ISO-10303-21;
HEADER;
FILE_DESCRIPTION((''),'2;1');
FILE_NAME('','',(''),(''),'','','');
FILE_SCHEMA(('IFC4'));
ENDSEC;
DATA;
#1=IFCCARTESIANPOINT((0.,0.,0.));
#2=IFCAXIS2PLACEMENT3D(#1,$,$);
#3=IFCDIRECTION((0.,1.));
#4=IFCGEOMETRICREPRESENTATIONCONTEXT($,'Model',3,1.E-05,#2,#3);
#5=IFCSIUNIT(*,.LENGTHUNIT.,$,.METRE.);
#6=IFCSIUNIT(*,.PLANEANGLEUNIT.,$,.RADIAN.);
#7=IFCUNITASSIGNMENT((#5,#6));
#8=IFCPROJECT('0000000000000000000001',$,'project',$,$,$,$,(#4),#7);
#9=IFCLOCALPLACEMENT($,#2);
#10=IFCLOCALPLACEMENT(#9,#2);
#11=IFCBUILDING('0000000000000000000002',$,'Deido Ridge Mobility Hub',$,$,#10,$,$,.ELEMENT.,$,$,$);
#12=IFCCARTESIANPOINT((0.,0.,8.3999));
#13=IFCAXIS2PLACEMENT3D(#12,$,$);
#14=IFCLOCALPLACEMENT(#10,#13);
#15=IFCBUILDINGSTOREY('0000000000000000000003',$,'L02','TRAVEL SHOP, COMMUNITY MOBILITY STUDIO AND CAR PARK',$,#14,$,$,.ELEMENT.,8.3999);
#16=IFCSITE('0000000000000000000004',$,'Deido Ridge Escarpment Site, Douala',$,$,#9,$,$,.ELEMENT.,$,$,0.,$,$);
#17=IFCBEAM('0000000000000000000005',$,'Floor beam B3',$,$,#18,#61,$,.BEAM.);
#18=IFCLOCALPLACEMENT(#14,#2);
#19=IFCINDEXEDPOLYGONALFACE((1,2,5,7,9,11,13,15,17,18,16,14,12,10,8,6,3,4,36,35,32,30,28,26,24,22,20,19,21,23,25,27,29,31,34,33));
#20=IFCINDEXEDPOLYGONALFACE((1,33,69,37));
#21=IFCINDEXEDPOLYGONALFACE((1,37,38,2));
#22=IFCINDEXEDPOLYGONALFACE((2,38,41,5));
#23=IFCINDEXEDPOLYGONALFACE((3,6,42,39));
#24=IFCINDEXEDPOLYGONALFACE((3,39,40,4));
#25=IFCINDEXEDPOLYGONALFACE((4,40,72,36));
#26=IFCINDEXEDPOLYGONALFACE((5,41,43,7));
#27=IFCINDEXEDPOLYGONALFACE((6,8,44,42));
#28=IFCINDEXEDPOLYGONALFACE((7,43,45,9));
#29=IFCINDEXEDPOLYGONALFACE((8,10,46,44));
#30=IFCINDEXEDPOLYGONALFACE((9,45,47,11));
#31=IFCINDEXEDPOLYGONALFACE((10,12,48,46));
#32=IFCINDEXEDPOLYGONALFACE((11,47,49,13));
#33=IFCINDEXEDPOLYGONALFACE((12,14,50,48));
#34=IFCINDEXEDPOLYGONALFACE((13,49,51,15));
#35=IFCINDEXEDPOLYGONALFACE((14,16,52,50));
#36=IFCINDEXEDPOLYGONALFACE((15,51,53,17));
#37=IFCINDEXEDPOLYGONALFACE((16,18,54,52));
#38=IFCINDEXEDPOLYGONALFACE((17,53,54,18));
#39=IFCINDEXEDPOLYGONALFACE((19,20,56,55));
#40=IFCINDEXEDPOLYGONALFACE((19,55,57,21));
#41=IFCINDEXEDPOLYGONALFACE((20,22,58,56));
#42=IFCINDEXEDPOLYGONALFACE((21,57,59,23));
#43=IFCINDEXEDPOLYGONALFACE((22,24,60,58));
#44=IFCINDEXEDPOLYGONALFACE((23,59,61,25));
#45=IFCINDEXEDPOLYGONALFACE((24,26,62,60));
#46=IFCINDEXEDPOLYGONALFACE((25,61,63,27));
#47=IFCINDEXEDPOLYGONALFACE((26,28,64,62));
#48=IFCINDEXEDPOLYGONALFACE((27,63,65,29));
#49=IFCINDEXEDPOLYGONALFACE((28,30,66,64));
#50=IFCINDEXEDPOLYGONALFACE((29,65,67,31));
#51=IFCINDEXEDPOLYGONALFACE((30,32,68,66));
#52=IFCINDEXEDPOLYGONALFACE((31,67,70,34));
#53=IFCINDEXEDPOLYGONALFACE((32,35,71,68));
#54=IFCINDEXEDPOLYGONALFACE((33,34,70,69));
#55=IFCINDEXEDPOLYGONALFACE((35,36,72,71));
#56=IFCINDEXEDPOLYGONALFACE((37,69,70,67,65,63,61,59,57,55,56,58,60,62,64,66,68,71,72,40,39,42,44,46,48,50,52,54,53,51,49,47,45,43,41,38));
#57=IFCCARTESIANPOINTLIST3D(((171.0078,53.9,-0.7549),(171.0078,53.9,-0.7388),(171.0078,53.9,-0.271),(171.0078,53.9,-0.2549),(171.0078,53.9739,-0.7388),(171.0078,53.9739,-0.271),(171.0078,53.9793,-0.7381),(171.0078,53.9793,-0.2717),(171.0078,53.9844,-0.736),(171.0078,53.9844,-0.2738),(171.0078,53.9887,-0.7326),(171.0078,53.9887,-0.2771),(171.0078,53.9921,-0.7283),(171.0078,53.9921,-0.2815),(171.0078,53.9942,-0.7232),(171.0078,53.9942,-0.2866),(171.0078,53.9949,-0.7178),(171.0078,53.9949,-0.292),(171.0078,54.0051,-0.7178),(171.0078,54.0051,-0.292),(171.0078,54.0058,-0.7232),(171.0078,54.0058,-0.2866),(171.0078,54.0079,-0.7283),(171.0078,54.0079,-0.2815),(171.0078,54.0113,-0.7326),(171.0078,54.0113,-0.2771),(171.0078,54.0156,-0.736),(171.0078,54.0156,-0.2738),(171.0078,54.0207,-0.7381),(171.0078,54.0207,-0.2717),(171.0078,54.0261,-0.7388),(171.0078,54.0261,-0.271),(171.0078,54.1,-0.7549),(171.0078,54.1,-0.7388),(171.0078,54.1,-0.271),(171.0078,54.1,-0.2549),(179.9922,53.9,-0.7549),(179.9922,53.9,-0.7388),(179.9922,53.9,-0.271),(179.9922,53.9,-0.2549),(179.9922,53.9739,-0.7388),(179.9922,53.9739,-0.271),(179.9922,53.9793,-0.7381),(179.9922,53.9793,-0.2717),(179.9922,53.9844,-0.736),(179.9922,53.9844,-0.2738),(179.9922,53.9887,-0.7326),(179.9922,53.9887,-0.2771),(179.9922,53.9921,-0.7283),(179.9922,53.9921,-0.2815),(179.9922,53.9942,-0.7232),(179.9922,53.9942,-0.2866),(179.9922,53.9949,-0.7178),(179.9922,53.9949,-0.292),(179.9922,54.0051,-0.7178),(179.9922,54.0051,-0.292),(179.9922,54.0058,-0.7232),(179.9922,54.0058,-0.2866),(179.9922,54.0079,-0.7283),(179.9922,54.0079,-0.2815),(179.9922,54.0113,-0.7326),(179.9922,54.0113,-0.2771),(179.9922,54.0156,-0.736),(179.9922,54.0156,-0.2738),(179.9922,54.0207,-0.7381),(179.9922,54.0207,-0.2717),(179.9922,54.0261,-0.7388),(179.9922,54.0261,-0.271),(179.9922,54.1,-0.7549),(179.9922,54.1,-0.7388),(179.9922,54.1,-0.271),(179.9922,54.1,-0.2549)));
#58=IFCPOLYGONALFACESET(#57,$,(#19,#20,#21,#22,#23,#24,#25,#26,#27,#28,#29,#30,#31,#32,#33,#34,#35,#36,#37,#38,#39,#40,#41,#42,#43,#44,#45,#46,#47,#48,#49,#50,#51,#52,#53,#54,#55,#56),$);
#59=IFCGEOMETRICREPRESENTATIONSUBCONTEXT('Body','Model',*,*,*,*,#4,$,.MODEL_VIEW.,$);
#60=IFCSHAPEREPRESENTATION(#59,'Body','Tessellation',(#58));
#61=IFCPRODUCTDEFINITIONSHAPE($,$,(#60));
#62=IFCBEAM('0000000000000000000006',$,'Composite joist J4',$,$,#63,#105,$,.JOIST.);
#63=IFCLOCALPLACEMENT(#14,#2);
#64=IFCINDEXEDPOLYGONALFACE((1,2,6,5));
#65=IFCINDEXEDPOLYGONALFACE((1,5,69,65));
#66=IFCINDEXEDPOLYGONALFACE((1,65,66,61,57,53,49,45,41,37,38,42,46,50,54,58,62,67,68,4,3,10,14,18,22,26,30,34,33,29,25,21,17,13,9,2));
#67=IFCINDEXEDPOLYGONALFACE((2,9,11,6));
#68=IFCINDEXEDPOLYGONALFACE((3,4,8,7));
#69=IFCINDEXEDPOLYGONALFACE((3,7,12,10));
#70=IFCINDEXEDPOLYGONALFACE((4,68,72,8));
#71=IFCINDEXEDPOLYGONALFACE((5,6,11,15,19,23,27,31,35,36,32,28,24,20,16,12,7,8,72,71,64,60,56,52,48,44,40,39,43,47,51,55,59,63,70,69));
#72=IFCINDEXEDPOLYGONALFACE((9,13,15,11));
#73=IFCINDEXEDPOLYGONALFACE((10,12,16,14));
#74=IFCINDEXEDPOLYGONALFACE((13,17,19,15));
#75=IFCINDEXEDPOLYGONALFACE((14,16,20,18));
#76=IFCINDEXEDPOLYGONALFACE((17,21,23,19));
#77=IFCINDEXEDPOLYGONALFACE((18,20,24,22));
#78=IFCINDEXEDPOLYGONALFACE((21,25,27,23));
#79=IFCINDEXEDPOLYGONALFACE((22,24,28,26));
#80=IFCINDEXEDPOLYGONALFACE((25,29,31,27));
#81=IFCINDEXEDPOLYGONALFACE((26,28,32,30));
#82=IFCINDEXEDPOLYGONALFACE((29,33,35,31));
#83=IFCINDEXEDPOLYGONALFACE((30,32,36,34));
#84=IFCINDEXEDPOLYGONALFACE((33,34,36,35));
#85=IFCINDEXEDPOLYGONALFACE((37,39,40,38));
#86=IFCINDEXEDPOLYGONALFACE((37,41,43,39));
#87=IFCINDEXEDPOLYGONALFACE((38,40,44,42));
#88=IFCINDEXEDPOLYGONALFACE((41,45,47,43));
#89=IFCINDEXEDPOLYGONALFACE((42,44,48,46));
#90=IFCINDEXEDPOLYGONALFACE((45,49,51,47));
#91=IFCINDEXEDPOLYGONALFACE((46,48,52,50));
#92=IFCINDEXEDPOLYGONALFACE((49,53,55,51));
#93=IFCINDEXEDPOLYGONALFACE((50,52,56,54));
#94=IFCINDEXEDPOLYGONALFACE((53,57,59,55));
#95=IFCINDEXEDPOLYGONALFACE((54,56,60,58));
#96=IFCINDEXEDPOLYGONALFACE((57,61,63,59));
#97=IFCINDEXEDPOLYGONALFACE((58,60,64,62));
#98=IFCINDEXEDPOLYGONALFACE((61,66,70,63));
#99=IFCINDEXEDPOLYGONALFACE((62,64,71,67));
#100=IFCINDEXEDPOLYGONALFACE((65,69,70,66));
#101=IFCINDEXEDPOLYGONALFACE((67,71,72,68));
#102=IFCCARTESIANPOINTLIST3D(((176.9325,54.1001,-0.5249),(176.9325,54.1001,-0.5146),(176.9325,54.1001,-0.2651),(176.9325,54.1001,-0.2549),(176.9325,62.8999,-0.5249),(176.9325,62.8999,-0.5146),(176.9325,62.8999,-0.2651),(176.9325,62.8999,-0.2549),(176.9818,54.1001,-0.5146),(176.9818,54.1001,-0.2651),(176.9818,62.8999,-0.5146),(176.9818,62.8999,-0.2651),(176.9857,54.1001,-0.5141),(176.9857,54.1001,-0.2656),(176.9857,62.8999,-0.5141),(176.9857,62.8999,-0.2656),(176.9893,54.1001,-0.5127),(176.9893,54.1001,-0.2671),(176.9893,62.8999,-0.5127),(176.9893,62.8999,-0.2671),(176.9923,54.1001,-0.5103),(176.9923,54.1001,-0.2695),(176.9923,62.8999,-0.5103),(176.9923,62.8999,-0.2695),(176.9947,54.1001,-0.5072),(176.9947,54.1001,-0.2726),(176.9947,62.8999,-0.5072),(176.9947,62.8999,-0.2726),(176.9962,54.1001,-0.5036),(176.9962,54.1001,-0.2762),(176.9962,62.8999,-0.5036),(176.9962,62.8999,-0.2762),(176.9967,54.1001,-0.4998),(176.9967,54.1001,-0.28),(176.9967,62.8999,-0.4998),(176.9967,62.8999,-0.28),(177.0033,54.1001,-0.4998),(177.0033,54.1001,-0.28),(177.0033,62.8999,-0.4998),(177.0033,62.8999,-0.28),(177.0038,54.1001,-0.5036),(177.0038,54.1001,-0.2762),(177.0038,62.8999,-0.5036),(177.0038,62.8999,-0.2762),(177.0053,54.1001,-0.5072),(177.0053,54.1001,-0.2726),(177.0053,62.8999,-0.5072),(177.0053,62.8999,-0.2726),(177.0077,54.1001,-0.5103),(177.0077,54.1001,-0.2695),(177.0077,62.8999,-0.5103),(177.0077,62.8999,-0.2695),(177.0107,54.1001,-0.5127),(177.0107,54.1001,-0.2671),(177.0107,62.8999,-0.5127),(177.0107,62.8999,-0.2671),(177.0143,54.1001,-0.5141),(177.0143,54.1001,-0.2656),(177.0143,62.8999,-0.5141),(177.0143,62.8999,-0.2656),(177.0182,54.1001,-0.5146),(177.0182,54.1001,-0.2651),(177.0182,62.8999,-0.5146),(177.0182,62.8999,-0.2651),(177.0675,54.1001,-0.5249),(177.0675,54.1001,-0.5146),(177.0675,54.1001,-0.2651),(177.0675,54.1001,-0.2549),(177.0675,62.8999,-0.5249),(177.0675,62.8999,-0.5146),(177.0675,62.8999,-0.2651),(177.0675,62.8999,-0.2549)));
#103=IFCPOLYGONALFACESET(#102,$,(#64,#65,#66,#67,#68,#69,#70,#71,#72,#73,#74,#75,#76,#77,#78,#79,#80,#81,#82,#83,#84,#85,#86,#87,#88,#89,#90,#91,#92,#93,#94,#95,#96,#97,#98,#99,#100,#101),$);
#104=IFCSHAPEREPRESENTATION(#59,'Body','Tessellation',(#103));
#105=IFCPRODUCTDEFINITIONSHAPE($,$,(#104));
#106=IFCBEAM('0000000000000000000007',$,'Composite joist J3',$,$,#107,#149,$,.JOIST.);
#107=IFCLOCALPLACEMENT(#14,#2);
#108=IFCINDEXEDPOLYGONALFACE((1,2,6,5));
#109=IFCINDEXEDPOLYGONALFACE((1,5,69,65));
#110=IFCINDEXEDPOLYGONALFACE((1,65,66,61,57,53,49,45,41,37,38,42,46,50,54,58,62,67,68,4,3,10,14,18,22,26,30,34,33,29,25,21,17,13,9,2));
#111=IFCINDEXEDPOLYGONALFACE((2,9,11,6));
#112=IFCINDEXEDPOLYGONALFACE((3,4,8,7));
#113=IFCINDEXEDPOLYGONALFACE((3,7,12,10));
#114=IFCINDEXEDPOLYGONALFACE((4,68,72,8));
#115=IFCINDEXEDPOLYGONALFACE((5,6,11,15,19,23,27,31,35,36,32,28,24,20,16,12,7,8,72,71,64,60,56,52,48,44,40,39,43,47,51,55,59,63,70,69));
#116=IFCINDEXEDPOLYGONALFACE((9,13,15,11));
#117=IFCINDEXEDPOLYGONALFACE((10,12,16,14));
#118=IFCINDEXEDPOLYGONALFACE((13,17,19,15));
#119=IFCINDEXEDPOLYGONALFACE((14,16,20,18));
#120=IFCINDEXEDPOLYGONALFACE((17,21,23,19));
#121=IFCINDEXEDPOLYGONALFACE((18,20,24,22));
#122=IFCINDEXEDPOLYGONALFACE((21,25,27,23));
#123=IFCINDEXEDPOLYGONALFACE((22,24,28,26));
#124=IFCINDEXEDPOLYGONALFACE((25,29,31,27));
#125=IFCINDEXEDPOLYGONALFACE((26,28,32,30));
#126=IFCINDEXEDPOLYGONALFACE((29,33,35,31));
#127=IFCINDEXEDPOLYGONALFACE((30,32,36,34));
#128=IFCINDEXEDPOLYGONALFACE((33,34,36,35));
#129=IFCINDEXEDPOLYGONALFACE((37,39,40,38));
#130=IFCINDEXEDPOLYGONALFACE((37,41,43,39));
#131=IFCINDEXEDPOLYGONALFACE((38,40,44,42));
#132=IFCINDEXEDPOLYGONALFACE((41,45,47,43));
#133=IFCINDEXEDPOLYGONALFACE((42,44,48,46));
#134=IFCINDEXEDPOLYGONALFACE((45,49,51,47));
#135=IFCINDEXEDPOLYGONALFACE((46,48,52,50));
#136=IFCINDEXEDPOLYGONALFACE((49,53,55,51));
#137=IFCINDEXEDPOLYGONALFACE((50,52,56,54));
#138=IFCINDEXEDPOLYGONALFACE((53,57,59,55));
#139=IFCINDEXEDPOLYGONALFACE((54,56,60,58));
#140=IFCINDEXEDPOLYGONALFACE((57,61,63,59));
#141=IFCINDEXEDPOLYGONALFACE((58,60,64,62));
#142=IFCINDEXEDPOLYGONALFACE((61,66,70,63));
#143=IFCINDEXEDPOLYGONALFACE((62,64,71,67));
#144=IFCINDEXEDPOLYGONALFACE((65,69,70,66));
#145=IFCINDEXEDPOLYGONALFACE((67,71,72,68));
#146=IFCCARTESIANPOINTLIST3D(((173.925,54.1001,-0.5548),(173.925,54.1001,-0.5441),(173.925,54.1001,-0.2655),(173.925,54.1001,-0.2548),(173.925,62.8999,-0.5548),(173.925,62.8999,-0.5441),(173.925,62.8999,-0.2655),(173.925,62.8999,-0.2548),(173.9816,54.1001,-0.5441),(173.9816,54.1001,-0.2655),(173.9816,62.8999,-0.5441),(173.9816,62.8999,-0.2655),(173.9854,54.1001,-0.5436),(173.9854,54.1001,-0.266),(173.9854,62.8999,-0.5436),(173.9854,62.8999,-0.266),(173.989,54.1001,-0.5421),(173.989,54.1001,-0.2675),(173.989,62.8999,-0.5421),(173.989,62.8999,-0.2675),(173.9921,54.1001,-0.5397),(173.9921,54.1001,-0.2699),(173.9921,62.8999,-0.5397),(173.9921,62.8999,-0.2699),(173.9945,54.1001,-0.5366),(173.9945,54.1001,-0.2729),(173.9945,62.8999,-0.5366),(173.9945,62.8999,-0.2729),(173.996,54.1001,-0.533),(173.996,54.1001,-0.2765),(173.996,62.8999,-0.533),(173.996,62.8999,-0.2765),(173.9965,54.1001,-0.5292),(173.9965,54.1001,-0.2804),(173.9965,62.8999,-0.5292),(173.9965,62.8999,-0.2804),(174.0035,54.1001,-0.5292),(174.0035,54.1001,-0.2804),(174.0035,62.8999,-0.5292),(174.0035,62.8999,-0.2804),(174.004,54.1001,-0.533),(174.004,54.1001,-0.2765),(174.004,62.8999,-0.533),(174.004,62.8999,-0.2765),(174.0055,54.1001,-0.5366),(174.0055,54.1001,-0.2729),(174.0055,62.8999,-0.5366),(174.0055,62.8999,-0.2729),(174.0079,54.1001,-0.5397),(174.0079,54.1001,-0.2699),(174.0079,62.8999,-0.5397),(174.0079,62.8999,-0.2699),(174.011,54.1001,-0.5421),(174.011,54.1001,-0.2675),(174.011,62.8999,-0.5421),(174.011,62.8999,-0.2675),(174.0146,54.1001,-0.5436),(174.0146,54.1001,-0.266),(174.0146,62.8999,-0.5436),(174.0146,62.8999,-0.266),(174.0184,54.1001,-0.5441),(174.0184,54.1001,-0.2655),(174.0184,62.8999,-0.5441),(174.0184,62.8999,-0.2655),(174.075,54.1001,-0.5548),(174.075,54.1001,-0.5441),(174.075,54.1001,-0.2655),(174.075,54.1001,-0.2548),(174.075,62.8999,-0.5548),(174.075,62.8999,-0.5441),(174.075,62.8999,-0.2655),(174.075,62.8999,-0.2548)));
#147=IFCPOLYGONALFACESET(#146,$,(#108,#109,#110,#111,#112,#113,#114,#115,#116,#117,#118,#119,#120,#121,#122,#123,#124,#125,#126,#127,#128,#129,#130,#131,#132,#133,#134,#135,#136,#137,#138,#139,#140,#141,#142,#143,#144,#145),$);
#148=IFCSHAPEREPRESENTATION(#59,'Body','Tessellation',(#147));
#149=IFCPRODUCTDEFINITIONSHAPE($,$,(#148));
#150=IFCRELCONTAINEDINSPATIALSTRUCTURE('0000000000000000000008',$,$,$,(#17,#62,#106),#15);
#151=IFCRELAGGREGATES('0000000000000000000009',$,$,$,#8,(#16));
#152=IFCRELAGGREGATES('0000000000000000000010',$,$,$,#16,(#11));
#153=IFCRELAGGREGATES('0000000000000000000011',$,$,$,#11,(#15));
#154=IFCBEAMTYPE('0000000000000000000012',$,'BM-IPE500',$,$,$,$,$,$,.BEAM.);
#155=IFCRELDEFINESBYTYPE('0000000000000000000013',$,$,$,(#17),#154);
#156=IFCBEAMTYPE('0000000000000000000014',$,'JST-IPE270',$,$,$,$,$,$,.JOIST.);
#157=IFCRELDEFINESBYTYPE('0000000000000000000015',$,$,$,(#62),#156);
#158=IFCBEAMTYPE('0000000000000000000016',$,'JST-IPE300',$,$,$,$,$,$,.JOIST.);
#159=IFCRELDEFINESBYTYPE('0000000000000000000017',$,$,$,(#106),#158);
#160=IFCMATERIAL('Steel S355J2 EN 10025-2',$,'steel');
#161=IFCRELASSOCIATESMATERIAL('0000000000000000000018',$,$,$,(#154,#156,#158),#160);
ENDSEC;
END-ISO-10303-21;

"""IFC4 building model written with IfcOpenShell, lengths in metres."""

from ifc_helpers import new_model, si_unit, direction, frame, origin, origin_2d, place, context, subcontext, project, spatial, i_section, extrude, material, material_profile, profile_set, type_object, element, save


model = new_model("IFC4")

# Units and contexts
model_context = context("Model", 3, precision=1e-05, world=origin(), true_north=direction((0.0, 1.0)))
body_context = subcontext(model_context, "Body", "Model", "MODEL_VIEW")
ifc_project = project(units=[si_unit("LENGTHUNIT", "METRE"), si_unit("PLANEANGLEUNIT", "RADIAN")], contexts=[model_context])

# Site, building, storey
site_placement = place(None, origin())
site = spatial("IfcSite", under=ifc_project, at=site_placement, Name="Deido Ridge Escarpment Site, Douala", CompositionType="ELEMENT", RefElevation=0.0)
building_placement = place(site_placement, origin())
building = spatial("IfcBuilding", under=site, at=building_placement, Name="Deido Ridge Mobility Hub", CompositionType="ELEMENT")
storey_placement = place(building_placement, frame((0.0, 0.0, 8.3999)))
storey = spatial("IfcBuildingStorey", under=building, at=storey_placement, Name="L02", Description="TRAVEL SHOP, COMMUNITY MOBILITY STUDIO AND CAR PARK", CompositionType="ELEMENT", Elevation=8.3999)

# Shared definitions
ifc_material_1 = material(Name="Steel S355J2 EN 10025-2", Category="steel")

# Beams
ifc_material_profile_1 = material_profile(ifc_material_1, i_section(OverallWidth=0.2, OverallDepth=0.5, WebThickness=0.0103, FlangeThickness=0.0161, FilletRadius=0.021, at=origin_2d()), Name="IPE 500")
ifc_profile_set_1 = profile_set([ifc_material_profile_1], Name="Steel S355J2 EN 10025-2")
beam_type_1 = type_object("IfcBeamType", Name="BM-IPE500", PredefinedType="BEAM", material=ifc_profile_set_1)
beam_1_placement = place(storey_placement, frame((171.0078, 54.0, -0.5049), z_axis=(1.0, 0.0, 0.0), x_axis=(0.0, 1.0, 0.0)))
element("IfcBeam", 1, at=beam_1_placement, inside=storey, type_object=beam_type_1, Name="Floor beam B3", PredefinedType="BEAM", context=body_context, shape_type="SweptSolid", body=[
    extrude(i_section(OverallWidth=0.2, OverallDepth=0.5, WebThickness=0.0103, FlangeThickness=0.0161, FilletRadius=0.021, at=origin_2d()), origin(), (0.0, 0.0, 1.0), 8.9844),
])
ifc_material_profile_2 = material_profile(ifc_material_1, i_section(OverallWidth=0.135, OverallDepth=0.27, WebThickness=0.0066, FlangeThickness=0.0103, FilletRadius=0.0149, at=origin_2d()), Name="IPE 270")
ifc_profile_set_2 = profile_set([ifc_material_profile_2], Name="Steel S355J2 EN 10025-2")
beam_type_2 = type_object("IfcBeamType", Name="JST-IPE270", PredefinedType="JOIST", material=ifc_profile_set_2)
beam_2_placement = place(storey_placement, frame((177.0, 54.1001, -0.3899), z_axis=(0.0, 1.0, 0.0), x_axis=(-1.0, 0.0, 0.0)))
element("IfcBeam", 2, at=beam_2_placement, inside=storey, type_object=beam_type_2, Name="Composite joist J4", PredefinedType="JOIST", context=body_context, shape_type="SweptSolid", body=[
    extrude(i_section(OverallWidth=0.135, OverallDepth=0.27, WebThickness=0.0066, FlangeThickness=0.0103, FilletRadius=0.0149, at=origin_2d()), origin(), (0.0, 0.0, 1.0), 8.7998),
])
ifc_material_profile_3 = material_profile(ifc_material_1, i_section(OverallWidth=0.1499, OverallDepth=0.3, WebThickness=0.0071, FlangeThickness=0.0107, FilletRadius=0.0149, at=origin_2d()), Name="IPE 300")
ifc_profile_set_3 = profile_set([ifc_material_profile_3], Name="Steel S355J2 EN 10025-2")
beam_type_3 = type_object("IfcBeamType", Name="JST-IPE300", PredefinedType="JOIST", material=ifc_profile_set_3)
beam_3_placement = place(storey_placement, frame((174.0, 54.1001, -0.4048), z_axis=(0.0, 1.0, 0.0), x_axis=(-1.0, 0.0, 0.0)))
element("IfcBeam", 3, at=beam_3_placement, inside=storey, type_object=beam_type_3, Name="Composite joist J3", PredefinedType="JOIST", context=body_context, shape_type="SweptSolid", body=[
    extrude(i_section(OverallWidth=0.1499, OverallDepth=0.3, WebThickness=0.0071, FlangeThickness=0.0107, FilletRadius=0.0149, at=origin_2d()), origin(), (0.0, 0.0, 1.0), 8.7998),
])

save(model, "model.ifc")
